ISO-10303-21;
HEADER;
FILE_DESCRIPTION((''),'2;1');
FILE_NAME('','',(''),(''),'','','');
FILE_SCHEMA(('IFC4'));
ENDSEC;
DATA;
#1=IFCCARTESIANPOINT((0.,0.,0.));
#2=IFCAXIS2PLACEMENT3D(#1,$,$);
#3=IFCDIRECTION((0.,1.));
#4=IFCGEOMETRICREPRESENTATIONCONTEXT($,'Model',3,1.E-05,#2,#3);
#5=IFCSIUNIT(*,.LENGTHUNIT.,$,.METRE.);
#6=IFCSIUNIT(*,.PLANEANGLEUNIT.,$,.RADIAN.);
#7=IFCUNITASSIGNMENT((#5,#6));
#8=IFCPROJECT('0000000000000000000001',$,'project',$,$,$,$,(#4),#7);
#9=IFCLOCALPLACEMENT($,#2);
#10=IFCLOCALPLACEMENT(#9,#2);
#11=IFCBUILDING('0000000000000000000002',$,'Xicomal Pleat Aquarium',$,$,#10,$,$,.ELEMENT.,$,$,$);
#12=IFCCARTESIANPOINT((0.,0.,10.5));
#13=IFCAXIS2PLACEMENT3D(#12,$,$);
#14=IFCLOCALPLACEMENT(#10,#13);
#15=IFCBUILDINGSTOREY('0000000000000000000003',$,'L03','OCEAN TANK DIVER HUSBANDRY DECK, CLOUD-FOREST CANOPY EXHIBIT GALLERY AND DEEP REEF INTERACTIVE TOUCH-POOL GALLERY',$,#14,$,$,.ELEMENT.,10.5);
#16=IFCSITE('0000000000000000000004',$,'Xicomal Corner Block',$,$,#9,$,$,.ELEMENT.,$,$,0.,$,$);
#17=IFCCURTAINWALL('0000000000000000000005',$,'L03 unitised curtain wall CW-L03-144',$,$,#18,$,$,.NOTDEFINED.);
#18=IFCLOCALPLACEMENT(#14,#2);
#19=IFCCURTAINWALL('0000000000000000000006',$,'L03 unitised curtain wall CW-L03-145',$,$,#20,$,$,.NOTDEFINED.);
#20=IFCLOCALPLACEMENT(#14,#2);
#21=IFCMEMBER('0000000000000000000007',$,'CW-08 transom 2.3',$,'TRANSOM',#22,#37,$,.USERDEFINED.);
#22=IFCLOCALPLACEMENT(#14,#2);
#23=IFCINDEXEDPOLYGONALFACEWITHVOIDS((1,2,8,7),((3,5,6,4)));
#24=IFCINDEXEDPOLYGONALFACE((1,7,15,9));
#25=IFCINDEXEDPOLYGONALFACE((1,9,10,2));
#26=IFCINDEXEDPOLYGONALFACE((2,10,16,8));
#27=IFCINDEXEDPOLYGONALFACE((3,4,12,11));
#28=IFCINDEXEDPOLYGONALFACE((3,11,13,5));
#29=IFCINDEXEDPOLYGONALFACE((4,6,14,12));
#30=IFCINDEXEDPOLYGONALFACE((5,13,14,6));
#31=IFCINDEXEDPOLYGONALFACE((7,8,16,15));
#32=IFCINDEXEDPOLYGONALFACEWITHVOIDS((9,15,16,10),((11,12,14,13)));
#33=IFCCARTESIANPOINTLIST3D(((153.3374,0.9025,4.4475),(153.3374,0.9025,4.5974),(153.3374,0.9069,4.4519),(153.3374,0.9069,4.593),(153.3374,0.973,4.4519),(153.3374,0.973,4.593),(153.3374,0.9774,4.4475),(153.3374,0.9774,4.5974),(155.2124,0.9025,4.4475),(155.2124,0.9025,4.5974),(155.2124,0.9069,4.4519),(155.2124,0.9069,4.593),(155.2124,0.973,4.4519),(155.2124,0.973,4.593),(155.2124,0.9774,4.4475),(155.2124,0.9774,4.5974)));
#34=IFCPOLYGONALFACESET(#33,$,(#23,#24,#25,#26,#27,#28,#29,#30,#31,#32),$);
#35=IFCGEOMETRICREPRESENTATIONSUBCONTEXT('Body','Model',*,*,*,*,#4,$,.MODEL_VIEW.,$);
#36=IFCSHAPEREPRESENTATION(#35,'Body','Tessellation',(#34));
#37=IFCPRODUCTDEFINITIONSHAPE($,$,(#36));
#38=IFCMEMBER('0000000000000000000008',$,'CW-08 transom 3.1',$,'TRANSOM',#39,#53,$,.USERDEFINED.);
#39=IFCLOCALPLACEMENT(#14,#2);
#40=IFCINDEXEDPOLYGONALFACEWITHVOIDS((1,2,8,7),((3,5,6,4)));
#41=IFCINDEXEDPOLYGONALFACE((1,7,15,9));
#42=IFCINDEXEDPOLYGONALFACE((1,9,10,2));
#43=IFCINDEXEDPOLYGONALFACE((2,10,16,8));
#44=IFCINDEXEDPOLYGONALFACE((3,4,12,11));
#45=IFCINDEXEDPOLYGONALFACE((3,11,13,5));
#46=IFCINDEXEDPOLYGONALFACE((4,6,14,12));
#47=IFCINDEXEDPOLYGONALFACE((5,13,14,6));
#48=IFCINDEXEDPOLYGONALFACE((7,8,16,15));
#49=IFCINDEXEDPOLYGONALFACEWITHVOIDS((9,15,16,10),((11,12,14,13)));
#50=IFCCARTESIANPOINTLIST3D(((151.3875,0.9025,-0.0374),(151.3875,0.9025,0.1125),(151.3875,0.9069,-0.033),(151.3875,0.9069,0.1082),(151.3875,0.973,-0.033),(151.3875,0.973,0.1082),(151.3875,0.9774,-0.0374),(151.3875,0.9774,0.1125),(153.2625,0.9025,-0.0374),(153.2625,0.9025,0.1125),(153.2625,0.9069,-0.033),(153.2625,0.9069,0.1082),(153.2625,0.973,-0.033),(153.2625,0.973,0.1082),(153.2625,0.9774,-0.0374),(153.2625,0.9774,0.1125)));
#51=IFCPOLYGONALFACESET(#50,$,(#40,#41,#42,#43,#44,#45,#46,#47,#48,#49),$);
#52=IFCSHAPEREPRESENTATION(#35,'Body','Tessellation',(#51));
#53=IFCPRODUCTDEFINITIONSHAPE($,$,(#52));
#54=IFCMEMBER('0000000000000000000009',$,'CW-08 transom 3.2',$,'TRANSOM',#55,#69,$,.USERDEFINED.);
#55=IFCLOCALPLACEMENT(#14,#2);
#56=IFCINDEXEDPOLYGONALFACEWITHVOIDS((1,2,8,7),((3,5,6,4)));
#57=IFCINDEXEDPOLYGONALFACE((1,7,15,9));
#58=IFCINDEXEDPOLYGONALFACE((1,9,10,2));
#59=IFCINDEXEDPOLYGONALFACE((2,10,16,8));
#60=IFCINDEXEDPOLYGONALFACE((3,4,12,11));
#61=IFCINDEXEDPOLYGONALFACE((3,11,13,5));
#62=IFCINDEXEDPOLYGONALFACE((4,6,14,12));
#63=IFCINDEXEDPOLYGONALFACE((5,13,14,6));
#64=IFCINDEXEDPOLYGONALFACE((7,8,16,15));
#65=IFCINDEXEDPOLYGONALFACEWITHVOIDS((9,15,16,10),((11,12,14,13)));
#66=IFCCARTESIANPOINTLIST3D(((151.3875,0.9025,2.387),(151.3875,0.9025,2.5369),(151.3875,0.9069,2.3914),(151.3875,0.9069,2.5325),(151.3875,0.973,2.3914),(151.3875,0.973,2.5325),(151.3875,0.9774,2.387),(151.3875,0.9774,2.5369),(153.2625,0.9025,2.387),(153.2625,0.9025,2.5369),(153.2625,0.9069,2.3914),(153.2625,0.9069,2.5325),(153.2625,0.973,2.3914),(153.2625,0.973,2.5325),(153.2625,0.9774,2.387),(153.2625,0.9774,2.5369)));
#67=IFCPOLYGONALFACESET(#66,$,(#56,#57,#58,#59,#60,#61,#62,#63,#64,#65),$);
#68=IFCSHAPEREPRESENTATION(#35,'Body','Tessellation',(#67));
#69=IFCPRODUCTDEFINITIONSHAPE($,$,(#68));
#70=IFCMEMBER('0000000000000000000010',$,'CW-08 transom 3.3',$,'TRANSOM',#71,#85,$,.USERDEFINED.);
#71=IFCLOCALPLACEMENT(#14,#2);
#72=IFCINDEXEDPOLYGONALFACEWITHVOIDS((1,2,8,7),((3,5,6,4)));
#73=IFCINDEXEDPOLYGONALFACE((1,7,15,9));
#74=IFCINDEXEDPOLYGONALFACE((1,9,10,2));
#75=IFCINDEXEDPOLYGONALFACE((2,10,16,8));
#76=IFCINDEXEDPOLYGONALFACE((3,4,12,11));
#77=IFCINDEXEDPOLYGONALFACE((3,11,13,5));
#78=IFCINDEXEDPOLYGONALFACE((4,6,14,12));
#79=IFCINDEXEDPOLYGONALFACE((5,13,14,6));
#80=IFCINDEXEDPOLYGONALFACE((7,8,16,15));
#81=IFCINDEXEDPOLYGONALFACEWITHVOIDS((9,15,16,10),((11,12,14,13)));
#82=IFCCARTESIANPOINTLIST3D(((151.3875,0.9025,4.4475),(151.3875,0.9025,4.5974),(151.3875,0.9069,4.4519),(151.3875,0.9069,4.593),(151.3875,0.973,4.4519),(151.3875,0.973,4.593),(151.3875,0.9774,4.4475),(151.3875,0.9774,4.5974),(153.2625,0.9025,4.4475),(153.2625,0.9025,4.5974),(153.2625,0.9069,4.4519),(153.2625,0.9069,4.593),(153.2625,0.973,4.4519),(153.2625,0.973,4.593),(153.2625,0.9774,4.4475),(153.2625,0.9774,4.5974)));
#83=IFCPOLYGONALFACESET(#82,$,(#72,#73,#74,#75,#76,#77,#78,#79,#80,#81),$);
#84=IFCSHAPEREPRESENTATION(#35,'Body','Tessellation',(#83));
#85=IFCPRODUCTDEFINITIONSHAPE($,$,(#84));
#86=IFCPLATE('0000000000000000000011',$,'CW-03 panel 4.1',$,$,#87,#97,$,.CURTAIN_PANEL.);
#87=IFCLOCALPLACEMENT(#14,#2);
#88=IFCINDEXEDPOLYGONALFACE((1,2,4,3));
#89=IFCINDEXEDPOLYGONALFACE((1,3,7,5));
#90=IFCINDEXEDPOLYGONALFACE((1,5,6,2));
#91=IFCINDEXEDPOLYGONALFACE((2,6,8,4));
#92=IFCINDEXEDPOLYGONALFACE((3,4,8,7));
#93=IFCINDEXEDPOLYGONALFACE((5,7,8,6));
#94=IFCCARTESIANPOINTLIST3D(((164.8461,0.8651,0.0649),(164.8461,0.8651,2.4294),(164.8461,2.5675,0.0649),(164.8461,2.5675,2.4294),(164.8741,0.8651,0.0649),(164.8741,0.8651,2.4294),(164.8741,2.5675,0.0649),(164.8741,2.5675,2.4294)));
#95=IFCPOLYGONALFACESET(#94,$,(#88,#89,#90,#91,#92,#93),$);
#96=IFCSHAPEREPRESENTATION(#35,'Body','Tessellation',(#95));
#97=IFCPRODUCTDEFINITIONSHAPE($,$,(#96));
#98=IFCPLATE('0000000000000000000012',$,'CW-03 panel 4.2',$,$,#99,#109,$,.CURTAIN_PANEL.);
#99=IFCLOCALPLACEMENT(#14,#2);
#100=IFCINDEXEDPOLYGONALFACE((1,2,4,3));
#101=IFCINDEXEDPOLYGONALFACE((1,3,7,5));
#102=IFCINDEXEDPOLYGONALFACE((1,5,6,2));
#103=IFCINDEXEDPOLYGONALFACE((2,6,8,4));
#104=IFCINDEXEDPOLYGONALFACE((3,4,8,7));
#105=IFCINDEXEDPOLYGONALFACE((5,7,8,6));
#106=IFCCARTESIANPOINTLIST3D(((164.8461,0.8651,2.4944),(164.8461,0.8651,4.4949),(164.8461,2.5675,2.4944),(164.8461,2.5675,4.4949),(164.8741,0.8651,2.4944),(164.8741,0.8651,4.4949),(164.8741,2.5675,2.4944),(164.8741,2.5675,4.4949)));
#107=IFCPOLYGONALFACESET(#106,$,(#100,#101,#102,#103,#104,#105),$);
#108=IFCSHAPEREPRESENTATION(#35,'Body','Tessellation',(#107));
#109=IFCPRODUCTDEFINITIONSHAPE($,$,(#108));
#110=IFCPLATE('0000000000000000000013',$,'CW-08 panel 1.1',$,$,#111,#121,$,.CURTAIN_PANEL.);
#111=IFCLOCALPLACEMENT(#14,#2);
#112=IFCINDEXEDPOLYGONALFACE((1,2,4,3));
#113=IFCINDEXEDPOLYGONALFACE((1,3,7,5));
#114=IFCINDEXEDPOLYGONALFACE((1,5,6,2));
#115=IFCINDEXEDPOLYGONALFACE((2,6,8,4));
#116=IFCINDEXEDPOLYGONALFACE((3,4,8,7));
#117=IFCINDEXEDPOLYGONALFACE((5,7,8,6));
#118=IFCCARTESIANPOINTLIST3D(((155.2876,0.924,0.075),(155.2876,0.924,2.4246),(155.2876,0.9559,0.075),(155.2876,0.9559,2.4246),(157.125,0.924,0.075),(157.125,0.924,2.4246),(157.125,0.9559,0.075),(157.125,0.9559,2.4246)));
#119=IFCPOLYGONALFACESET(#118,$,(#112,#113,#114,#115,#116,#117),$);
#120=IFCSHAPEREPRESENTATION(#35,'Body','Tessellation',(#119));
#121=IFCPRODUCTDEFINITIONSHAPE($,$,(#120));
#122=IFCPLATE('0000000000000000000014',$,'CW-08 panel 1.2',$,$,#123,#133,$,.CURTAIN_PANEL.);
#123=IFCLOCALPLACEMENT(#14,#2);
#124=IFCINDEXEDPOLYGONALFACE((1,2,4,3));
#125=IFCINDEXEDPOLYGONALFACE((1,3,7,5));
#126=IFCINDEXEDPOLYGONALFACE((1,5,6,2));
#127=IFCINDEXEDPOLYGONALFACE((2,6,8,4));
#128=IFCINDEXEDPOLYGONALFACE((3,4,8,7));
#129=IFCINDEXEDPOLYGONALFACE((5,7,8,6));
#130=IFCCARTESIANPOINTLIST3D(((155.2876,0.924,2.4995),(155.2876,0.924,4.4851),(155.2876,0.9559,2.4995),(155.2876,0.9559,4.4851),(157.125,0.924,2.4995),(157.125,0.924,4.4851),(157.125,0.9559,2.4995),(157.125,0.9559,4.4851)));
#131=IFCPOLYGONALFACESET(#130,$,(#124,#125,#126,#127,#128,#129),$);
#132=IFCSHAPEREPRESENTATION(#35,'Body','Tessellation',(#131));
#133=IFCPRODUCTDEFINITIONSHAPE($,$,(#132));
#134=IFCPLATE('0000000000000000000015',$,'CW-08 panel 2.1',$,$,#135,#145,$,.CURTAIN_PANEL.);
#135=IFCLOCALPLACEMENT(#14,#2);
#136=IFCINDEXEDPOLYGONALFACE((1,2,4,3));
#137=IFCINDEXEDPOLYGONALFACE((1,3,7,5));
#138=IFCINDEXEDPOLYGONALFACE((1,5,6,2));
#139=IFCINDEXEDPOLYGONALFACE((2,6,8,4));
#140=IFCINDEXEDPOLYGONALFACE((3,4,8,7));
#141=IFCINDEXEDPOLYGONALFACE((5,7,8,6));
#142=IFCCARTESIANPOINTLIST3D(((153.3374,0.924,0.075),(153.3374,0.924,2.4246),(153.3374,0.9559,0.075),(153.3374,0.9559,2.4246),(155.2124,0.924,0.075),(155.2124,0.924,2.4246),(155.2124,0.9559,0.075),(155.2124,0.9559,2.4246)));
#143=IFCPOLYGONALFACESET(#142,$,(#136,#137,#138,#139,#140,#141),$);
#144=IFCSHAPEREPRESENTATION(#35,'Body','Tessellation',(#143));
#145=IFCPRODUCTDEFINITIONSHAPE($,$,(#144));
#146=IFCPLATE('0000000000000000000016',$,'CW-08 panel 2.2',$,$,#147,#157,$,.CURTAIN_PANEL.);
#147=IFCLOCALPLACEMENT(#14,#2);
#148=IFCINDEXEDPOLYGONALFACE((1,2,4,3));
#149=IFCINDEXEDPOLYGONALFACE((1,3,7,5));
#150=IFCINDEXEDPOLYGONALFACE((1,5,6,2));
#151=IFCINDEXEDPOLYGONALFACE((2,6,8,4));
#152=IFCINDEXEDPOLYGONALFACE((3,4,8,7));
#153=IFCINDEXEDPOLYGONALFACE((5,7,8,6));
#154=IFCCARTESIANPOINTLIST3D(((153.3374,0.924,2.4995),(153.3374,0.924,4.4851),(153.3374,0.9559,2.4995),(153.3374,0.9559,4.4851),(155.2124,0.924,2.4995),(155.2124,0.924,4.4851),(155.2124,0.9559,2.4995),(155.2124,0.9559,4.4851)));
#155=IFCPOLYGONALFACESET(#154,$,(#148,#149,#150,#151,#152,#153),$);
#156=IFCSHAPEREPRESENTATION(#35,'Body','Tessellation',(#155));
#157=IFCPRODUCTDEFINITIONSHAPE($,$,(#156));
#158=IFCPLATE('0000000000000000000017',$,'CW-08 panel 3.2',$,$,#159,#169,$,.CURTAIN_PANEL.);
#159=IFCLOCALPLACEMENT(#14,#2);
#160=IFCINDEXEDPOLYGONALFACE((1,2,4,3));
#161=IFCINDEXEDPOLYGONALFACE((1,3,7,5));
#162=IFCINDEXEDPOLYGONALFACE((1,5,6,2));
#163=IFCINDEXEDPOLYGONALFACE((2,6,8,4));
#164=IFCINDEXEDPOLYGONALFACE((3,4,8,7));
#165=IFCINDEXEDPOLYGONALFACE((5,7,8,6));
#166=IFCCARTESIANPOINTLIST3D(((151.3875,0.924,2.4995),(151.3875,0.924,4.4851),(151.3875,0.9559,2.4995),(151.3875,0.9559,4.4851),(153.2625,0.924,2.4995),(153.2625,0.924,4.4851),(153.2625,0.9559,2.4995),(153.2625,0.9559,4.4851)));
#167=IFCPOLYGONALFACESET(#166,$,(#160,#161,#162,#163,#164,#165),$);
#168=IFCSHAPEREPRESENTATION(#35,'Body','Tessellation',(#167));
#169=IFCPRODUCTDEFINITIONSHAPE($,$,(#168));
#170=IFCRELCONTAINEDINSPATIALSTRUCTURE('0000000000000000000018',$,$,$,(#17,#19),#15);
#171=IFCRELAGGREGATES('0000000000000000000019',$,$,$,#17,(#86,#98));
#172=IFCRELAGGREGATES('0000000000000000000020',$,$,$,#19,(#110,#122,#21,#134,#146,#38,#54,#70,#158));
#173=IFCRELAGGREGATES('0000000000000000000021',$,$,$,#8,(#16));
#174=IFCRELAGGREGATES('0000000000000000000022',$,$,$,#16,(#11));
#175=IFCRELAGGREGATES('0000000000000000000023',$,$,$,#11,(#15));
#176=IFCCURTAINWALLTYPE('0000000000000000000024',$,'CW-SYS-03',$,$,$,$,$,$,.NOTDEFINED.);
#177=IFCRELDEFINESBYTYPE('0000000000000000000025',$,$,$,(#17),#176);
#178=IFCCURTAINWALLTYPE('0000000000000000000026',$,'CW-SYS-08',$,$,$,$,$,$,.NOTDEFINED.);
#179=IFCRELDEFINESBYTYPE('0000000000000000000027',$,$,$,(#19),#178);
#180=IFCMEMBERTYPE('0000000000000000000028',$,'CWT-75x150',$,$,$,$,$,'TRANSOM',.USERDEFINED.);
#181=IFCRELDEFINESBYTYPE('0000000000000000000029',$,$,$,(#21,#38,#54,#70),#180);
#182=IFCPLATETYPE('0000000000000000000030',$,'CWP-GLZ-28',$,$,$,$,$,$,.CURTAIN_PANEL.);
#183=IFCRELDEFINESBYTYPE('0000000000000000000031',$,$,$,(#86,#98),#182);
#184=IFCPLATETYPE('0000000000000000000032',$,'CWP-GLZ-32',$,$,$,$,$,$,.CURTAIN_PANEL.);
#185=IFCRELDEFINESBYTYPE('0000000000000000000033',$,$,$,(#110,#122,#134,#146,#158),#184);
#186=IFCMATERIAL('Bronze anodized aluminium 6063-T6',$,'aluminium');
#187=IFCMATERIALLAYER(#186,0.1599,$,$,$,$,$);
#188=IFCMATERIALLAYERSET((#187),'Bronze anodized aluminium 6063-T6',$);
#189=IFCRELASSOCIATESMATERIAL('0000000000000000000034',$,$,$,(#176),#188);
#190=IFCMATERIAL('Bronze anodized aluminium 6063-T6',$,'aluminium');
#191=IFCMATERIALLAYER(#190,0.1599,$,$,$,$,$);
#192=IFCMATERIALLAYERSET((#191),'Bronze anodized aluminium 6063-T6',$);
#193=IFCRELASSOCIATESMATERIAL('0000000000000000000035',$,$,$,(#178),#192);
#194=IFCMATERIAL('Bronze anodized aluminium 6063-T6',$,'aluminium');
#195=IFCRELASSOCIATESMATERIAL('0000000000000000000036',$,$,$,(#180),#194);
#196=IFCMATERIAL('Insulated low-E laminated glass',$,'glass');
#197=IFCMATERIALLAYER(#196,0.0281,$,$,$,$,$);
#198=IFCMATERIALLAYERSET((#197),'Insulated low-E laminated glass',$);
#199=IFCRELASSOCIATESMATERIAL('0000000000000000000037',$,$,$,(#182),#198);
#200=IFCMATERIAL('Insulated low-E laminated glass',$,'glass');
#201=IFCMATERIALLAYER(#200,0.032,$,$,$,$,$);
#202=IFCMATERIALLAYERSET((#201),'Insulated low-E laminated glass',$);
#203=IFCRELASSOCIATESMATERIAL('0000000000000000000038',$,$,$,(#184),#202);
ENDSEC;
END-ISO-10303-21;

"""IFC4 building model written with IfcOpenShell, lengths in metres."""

from ifc_helpers import new_model, si_unit, direction, frame, origin, origin_2d, place, context, subcontext, project, spatial, rectangle, hollow_rectangle, extrude, material, layer, layer_set, material_profile, profile_set, type_object, element, aggregate, save


model = new_model("IFC4")

# Units and contexts
model_context = context("Model", 3, precision=1e-05, world=origin(), true_north=direction((0.0, 1.0)))
body_context = subcontext(model_context, "Body", "Model", "MODEL_VIEW")
ifc_project = project(units=[si_unit("LENGTHUNIT", "METRE"), si_unit("PLANEANGLEUNIT", "RADIAN")], contexts=[model_context])

# Site, building, storey
site_placement = place(None, origin())
site = spatial("IfcSite", under=ifc_project, at=site_placement, Name="Xicomal Corner Block", CompositionType="ELEMENT", RefElevation=0.0)
building_placement = place(site_placement, origin())
building = spatial("IfcBuilding", under=site, at=building_placement, Name="Xicomal Pleat Aquarium", CompositionType="ELEMENT")
storey_placement = place(building_placement, frame((0.0, 0.0, 10.5)))
storey = spatial("IfcBuildingStorey", under=building, at=storey_placement, Name="L03", Description="OCEAN TANK DIVER HUSBANDRY DECK, CLOUD-FOREST CANOPY EXHIBIT GALLERY AND DEEP REEF INTERACTIVE TOUCH-POOL GALLERY", CompositionType="ELEMENT", Elevation=10.5)

# Curtain wall
ifc_material_1 = material(Name="Bronze anodized aluminium 6063-T6", Category="aluminium")
ifc_layer_1 = layer(ifc_material_1, 0.1599)
ifc_layer_set_1 = layer_set([ifc_layer_1], Name="Bronze anodized aluminium 6063-T6")
curtain_wall_type_1 = type_object("IfcCurtainWallType", Name="CW-SYS-03", PredefinedType="NOTDEFINED", material=ifc_layer_set_1)
curtain_wall_1_placement = place(storey_placement, origin())
curtain_wall_1 = element("IfcCurtainWall", 1, at=curtain_wall_1_placement, inside=storey, type_object=curtain_wall_type_1, Name="L03 unitised curtain wall CW-L03-144", PredefinedType="NOTDEFINED")

# Curtain wall
ifc_material_2 = material(Name="Bronze anodized aluminium 6063-T6", Category="aluminium")
ifc_layer_2 = layer(ifc_material_2, 0.1599)
ifc_layer_set_2 = layer_set([ifc_layer_2], Name="Bronze anodized aluminium 6063-T6")
curtain_wall_type_2 = type_object("IfcCurtainWallType", Name="CW-SYS-08", PredefinedType="NOTDEFINED", material=ifc_layer_set_2)
curtain_wall_2_placement = place(storey_placement, origin())
curtain_wall_2 = element("IfcCurtainWall", 2, at=curtain_wall_2_placement, inside=storey, type_object=curtain_wall_type_2, Name="L03 unitised curtain wall CW-L03-145", PredefinedType="NOTDEFINED")

# Members
ifc_material_3 = material(Name="Bronze anodized aluminium 6063-T6", Category="aluminium")
ifc_material_profile_1 = material_profile(ifc_material_3, hollow_rectangle(XDim=0.075, YDim=0.1499, WallThickness=0.0044, at=origin_2d()), Name="ALU TRAN 75x150")
ifc_profile_set_1 = profile_set([ifc_material_profile_1], Name="Bronze anodized aluminium 6063-T6")
member_type_1 = type_object("IfcMemberType", Name="CWT-75x150", ElementType="TRANSOM", PredefinedType="USERDEFINED", material=ifc_profile_set_1)
member_1_placement = place(storey_placement, frame((155.2124, 0.9399, 4.5225), z_axis=(-1.0, 0.0, 0.0), x_axis=(0.0, -1.0, 0.0)))
member_1 = element("IfcMember", 3, at=member_1_placement, type_object=member_type_1, Name="CW-08 transom 2.3", ObjectType="TRANSOM", PredefinedType="USERDEFINED", context=body_context, shape_type="SweptSolid", body=[
    extrude(hollow_rectangle(XDim=0.075, YDim=0.1499, WallThickness=0.0044, at=origin_2d()), origin(), (0.0, 0.0, 1.0), 1.875),
])
member_2_placement = place(storey_placement, frame((153.2625, 0.9399, 0.0376), z_axis=(-1.0, 0.0, 0.0), x_axis=(0.0, -1.0, 0.0)))
member_2 = element("IfcMember", 4, at=member_2_placement, type_object=member_type_1, Name="CW-08 transom 3.1", ObjectType="TRANSOM", PredefinedType="USERDEFINED", context=body_context, shape_type="SweptSolid", body=[
    extrude(hollow_rectangle(XDim=0.075, YDim=0.1499, WallThickness=0.0044, at=origin_2d()), origin(), (0.0, 0.0, 1.0), 1.875),
])
member_3_placement = place(storey_placement, frame((153.2625, 0.9399, 2.4619), z_axis=(-1.0, 0.0, 0.0), x_axis=(0.0, -1.0, 0.0)))
member_3 = element("IfcMember", 5, at=member_3_placement, type_object=member_type_1, Name="CW-08 transom 3.2", ObjectType="TRANSOM", PredefinedType="USERDEFINED", context=body_context, shape_type="SweptSolid", body=[
    extrude(hollow_rectangle(XDim=0.075, YDim=0.1499, WallThickness=0.0044, at=origin_2d()), origin(), (0.0, 0.0, 1.0), 1.875),
])
member_4_placement = place(storey_placement, frame((153.2625, 0.9399, 4.5225), z_axis=(-1.0, 0.0, 0.0), x_axis=(0.0, -1.0, 0.0)))
member_4 = element("IfcMember", 6, at=member_4_placement, type_object=member_type_1, Name="CW-08 transom 3.3", ObjectType="TRANSOM", PredefinedType="USERDEFINED", context=body_context, shape_type="SweptSolid", body=[
    extrude(hollow_rectangle(XDim=0.075, YDim=0.1499, WallThickness=0.0044, at=origin_2d()), origin(), (0.0, 0.0, 1.0), 1.875),
])

# Plates
ifc_material_4 = material(Name="Insulated low-E laminated glass", Category="glass")
ifc_layer_3 = layer(ifc_material_4, 0.0281)
ifc_layer_set_3 = layer_set([ifc_layer_3], Name="Insulated low-E laminated glass")
plate_type_1 = type_object("IfcPlateType", Name="CWP-GLZ-28", PredefinedType="CURTAIN_PANEL", material=ifc_layer_set_3)
plate_1_placement = place(storey_placement, frame((164.8601, 1.7163, 0.0649), z_axis=(0.0, 0.0, 1.0), x_axis=(0.0, -1.0, 0.0)))
plate_1 = element("IfcPlate", 7, at=plate_1_placement, type_object=plate_type_1, Name="CW-03 panel 4.1", PredefinedType="CURTAIN_PANEL", context=body_context, shape_type="SweptSolid", body=[
    extrude(rectangle(XDim=1.7024, YDim=0.0281, at=origin_2d()), origin(), (0.0, 0.0, 1.0), 2.3645),
])
plate_2_placement = place(storey_placement, frame((164.8601, 1.7163, 2.4944), z_axis=(0.0, 0.0, 1.0), x_axis=(0.0, -1.0, 0.0)))
plate_2 = element("IfcPlate", 8, at=plate_2_placement, type_object=plate_type_1, Name="CW-03 panel 4.2", PredefinedType="CURTAIN_PANEL", context=body_context, shape_type="SweptSolid", body=[
    extrude(rectangle(XDim=1.7024, YDim=0.0281, at=origin_2d()), origin(), (0.0, 0.0, 1.0), 2.0005),
])
aggregate(curtain_wall_1, [plate_1, plate_2])
ifc_material_5 = material(Name="Insulated low-E laminated glass", Category="glass")
ifc_layer_4 = layer(ifc_material_5, 0.032)
ifc_layer_set_4 = layer_set([ifc_layer_4], Name="Insulated low-E laminated glass")
plate_type_2 = type_object("IfcPlateType", Name="CWP-GLZ-32", PredefinedType="CURTAIN_PANEL", material=ifc_layer_set_4)
plate_3_placement = place(storey_placement, frame((156.2063, 0.9399, 0.075), z_axis=(0.0, 0.0, 1.0), x_axis=(-1.0, 0.0, 0.0)))
plate_3 = element("IfcPlate", 9, at=plate_3_placement, type_object=plate_type_2, Name="CW-08 panel 1.1", PredefinedType="CURTAIN_PANEL", context=body_context, shape_type="SweptSolid", body=[
    extrude(rectangle(XDim=1.8374, YDim=0.032, at=origin_2d()), origin(), (0.0, 0.0, 1.0), 2.3496),
])
plate_4_placement = place(storey_placement, frame((156.2063, 0.9399, 2.4995), z_axis=(0.0, 0.0, 1.0), x_axis=(-1.0, 0.0, 0.0)))
plate_4 = element("IfcPlate", 10, at=plate_4_placement, type_object=plate_type_2, Name="CW-08 panel 1.2", PredefinedType="CURTAIN_PANEL", context=body_context, shape_type="SweptSolid", body=[
    extrude(rectangle(XDim=1.8374, YDim=0.032, at=origin_2d()), origin(), (0.0, 0.0, 1.0), 1.9856),
])
plate_5_placement = place(storey_placement, frame((154.2749, 0.9399, 0.075), z_axis=(0.0, 0.0, 1.0), x_axis=(-1.0, 0.0, 0.0)))
plate_5 = element("IfcPlate", 11, at=plate_5_placement, type_object=plate_type_2, Name="CW-08 panel 2.1", PredefinedType="CURTAIN_PANEL", context=body_context, shape_type="SweptSolid", body=[
    extrude(rectangle(XDim=1.875, YDim=0.032, at=origin_2d()), origin(), (0.0, 0.0, 1.0), 2.3496),
])
plate_6_placement = place(storey_placement, frame((154.2749, 0.9399, 2.4995), z_axis=(0.0, 0.0, 1.0), x_axis=(-1.0, 0.0, 0.0)))
plate_6 = element("IfcPlate", 12, at=plate_6_placement, type_object=plate_type_2, Name="CW-08 panel 2.2", PredefinedType="CURTAIN_PANEL", context=body_context, shape_type="SweptSolid", body=[
    extrude(rectangle(XDim=1.875, YDim=0.032, at=origin_2d()), origin(), (0.0, 0.0, 1.0), 1.9856),
])
plate_7_placement = place(storey_placement, frame((152.325, 0.9399, 2.4995), z_axis=(0.0, 0.0, 1.0), x_axis=(-1.0, 0.0, 0.0)))
plate_7 = element("IfcPlate", 13, at=plate_7_placement, type_object=plate_type_2, Name="CW-08 panel 3.2", PredefinedType="CURTAIN_PANEL", context=body_context, shape_type="SweptSolid", body=[
    extrude(rectangle(XDim=1.875, YDim=0.032, at=origin_2d()), origin(), (0.0, 0.0, 1.0), 1.9856),
])
aggregate(curtain_wall_2, [plate_3, plate_4, member_1, plate_5, plate_6, member_2, member_3, member_4, plate_7])

save(model, "model.ifc")
